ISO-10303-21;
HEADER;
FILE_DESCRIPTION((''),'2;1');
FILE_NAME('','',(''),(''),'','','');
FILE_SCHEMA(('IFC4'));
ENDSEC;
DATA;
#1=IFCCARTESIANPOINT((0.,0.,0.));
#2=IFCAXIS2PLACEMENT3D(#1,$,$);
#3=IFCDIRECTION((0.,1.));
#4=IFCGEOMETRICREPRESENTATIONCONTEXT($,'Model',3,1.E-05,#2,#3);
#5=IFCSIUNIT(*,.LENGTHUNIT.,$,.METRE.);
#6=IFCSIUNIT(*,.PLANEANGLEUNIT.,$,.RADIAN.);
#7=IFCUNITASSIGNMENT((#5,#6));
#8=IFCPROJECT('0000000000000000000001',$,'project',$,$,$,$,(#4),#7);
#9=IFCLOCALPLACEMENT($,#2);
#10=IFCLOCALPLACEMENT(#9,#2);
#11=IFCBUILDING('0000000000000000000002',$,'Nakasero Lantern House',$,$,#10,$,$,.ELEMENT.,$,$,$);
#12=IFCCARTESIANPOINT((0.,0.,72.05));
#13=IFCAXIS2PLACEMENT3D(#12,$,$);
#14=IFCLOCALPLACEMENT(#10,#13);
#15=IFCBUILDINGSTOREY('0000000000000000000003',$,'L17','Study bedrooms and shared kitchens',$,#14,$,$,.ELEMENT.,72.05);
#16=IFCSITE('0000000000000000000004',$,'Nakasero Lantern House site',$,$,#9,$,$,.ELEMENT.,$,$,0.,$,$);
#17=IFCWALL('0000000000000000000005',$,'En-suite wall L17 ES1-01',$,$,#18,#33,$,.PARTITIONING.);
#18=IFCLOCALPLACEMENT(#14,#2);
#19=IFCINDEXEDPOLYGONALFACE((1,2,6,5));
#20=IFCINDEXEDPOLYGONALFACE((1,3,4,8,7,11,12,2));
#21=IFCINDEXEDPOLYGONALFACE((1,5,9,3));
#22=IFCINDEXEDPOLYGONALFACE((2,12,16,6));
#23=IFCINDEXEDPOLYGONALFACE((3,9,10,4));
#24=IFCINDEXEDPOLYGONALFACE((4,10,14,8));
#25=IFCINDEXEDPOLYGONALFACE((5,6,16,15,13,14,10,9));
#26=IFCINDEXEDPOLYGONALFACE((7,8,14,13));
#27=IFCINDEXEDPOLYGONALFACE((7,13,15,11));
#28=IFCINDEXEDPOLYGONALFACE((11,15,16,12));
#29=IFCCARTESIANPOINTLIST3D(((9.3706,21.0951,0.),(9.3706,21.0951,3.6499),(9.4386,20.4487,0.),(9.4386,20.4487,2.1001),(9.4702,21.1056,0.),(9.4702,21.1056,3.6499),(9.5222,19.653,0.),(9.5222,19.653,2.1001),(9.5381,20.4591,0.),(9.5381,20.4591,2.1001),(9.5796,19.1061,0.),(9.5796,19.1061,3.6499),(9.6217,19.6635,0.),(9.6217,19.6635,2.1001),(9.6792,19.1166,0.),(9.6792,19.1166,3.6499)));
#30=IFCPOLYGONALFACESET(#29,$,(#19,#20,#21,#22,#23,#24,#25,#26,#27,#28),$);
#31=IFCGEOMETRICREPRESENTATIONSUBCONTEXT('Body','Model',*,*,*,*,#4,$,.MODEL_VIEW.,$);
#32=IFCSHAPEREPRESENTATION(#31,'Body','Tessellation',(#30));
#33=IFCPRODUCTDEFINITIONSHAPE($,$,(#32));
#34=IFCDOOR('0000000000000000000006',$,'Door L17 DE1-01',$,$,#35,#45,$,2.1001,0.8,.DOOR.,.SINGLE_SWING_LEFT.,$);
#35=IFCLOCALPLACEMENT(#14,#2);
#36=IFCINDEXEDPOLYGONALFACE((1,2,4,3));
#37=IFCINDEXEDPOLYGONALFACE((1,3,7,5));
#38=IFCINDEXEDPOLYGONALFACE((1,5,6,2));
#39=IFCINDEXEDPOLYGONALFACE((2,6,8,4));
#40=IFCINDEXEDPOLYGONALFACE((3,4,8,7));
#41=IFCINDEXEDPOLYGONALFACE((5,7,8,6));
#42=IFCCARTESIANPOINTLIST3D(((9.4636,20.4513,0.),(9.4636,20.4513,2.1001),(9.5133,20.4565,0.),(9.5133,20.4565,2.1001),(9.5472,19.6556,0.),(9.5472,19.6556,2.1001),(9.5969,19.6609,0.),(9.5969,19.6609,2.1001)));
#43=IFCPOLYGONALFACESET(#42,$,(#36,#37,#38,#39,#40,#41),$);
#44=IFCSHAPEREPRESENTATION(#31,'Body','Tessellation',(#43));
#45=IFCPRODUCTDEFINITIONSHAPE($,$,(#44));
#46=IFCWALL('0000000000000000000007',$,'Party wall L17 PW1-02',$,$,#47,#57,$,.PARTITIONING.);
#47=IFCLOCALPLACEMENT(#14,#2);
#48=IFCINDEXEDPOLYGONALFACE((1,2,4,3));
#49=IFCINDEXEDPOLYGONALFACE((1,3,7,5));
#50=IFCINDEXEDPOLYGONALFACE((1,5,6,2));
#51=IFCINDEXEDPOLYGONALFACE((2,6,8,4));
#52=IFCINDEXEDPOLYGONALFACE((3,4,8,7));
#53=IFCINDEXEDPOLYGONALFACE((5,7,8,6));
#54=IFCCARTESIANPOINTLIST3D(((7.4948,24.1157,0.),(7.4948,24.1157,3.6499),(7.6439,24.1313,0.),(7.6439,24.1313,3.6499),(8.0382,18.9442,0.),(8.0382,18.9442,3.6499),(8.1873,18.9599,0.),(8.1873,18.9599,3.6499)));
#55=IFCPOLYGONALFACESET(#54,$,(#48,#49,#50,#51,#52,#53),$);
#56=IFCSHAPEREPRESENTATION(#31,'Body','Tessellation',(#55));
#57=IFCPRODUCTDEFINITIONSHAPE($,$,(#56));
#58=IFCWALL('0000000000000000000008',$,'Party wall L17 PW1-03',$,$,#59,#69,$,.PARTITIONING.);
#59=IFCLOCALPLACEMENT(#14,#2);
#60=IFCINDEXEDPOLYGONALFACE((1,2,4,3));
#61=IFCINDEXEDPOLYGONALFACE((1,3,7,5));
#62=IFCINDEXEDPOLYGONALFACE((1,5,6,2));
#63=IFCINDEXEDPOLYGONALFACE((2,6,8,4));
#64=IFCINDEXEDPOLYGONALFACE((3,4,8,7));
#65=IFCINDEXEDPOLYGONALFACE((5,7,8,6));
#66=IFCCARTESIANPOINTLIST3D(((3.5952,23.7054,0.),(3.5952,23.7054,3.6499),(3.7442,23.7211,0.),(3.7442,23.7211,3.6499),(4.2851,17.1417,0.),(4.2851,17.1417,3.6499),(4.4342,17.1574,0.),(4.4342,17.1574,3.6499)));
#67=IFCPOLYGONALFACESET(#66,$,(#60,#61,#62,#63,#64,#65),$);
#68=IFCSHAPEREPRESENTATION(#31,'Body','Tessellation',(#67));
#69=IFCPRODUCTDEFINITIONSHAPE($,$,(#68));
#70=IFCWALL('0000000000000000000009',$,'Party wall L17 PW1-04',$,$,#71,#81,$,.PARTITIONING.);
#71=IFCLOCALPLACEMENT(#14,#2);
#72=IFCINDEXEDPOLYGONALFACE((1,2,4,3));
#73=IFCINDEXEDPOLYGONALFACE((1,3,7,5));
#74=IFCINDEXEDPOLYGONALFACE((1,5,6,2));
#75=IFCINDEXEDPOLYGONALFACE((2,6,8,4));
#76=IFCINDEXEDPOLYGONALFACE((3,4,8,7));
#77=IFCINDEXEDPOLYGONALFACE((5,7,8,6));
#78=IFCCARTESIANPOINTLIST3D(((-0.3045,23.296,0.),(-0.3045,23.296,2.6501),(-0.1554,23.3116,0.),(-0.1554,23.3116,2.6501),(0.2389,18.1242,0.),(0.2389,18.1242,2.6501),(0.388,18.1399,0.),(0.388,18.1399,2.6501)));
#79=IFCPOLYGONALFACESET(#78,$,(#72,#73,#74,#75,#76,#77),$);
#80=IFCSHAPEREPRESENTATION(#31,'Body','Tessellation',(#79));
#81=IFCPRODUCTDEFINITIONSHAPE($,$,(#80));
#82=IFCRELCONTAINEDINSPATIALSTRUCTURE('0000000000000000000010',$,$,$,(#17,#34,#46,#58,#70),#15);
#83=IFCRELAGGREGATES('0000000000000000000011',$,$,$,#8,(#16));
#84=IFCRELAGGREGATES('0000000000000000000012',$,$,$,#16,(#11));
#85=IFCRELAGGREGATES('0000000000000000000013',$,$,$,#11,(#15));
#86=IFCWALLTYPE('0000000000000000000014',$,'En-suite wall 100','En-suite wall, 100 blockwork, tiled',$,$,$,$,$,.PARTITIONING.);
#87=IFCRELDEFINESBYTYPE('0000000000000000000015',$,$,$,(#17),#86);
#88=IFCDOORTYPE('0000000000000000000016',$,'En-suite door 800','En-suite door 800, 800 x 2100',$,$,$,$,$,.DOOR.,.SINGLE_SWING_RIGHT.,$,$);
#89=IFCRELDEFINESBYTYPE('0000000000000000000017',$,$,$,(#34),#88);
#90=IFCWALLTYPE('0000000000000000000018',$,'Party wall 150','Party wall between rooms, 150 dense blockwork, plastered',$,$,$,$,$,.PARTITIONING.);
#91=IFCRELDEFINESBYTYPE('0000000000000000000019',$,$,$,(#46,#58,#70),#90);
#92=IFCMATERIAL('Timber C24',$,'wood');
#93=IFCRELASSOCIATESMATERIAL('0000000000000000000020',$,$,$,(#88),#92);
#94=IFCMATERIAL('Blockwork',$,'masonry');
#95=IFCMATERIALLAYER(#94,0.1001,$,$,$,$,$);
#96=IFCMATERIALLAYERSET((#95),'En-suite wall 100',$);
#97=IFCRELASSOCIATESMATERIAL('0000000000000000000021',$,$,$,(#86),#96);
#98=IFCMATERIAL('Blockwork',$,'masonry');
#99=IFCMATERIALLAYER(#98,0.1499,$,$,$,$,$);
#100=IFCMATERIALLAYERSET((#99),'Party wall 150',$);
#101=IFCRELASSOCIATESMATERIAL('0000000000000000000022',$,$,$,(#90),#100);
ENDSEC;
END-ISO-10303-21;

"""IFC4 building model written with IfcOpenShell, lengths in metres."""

from ifc_helpers import new_model, si_unit, direction, frame, frame_2d, origin, place, context, subcontext, project, spatial, rectangle, extrude, material, layer, layer_set, type_object, element, fill, save


model = new_model("IFC4")

# Units and contexts
model_context = context("Model", 3, precision=1e-05, world=origin(), true_north=direction((0.0, 1.0)))
body_context = subcontext(model_context, "Body", "Model", "MODEL_VIEW")
ifc_project = project(units=[si_unit("LENGTHUNIT", "METRE"), si_unit("PLANEANGLEUNIT", "RADIAN")], contexts=[model_context])

# Site, building, storey
site_placement = place(None, origin())
site = spatial("IfcSite", under=ifc_project, at=site_placement, Name="Nakasero Lantern House site", CompositionType="ELEMENT", RefElevation=0.0)
building_placement = place(site_placement, origin())
building = spatial("IfcBuilding", under=site, at=building_placement, Name="Nakasero Lantern House", CompositionType="ELEMENT")
storey_placement = place(building_placement, frame((0.0, 0.0, 72.05)))
storey = spatial("IfcBuildingStorey", under=building, at=storey_placement, Name="L17", Description="Study bedrooms and shared kitchens", CompositionType="ELEMENT", Elevation=72.05)

# Shared definitions
ifc_material_1 = material(Name="Timber C24", Category="wood")
door_type_1 = type_object("IfcDoorType", Name="En-suite door 800", Description="En-suite door 800, 800 x 2100", OperationType="SINGLE_SWING_RIGHT", PredefinedType="DOOR", material=ifc_material_1)

# Shared definitions
ifc_material_2 = material(Name="Blockwork", Category="masonry")
ifc_layer_1 = layer(ifc_material_2, 0.1001)
ifc_layer_set_1 = layer_set([ifc_layer_1], Name="En-suite wall 100")
wall_type_1 = type_object("IfcWallType", Name="En-suite wall 100", Description="En-suite wall, 100 blockwork, tiled", PredefinedType="PARTITIONING", material=ifc_layer_set_1)

# Wall, opening, door
wall_1_placement = place(storey_placement, frame((9.6294, 19.1113, 0.0), z_axis=(0.0, 0.0, 1.0), x_axis=(-0.104494, 0.994526, 0.0)))
wall_1 = element("IfcWall", 1, at=wall_1_placement, inside=storey, type_object=wall_type_1, Name="En-suite wall L17 ES1-01", PredefinedType="PARTITIONING", context=body_context, shape_type="SweptSolid", body=[
    extrude(rectangle(XDim=2.0, YDim=0.1001, at=frame_2d((1.0, 0.0))), origin(), (0.0, 0.0, 1.0), 3.6499),
])
opening_1_placement = place(wall_1_placement, frame((0.55, 0.0, 0.0)))
opening_1 = element("IfcOpeningElement", 2, at=opening_1_placement, cuts=wall_1, PredefinedType="OPENING", context=body_context, shape_type="SweptSolid", body=[
    extrude(rectangle(XDim=0.8, YDim=2.1001, at=frame_2d((0.3999, 1.05))), frame((0.0, 0.0701, 0.0), z_axis=(0.0, -1.0, 0.0), x_axis=(1.0, 0.0, 0.0)), (0.0, 0.0, 1.0), 0.1401),
])
door_1_placement = place(opening_1_placement, origin())
door_1 = element("IfcDoor", 3, at=door_1_placement, inside=storey, type_object=door_type_1, Name="Door L17 DE1-01", OperationType="SINGLE_SWING_LEFT", OverallHeight=2.1001, OverallWidth=0.8, PredefinedType="DOOR", context=body_context, shape_type="SweptSolid", body=[
    extrude(rectangle(XDim=0.8, YDim=2.1001, at=frame_2d((0.3999, 1.05))), frame((0.0, 0.0249, 0.0), z_axis=(0.0, -1.0, 0.0), x_axis=(1.0, 0.0, 0.0)), (0.0, 0.0, 1.0), 0.05),
])
fill(opening_1, door_1)

# Walls
ifc_material_3 = material(Name="Blockwork", Category="masonry")
ifc_layer_2 = layer(ifc_material_3, 0.1499)
ifc_layer_set_2 = layer_set([ifc_layer_2], Name="Party wall 150")
wall_type_2 = type_object("IfcWallType", Name="Party wall 150", Description="Party wall between rooms, 150 dense blockwork, plastered", PredefinedType="PARTITIONING", material=ifc_layer_set_2)
wall_2_placement = place(storey_placement, frame((8.1128, 18.9519, 0.0), z_axis=(0.0, 0.0, 1.0), x_axis=(-0.104514, 0.994523, 0.0)))
element("IfcWall", 4, at=wall_2_placement, inside=storey, type_object=wall_type_2, Name="Party wall L17 PW1-02", PredefinedType="PARTITIONING", context=body_context, shape_type="SweptSolid", body=[
    extrude(rectangle(XDim=5.2, YDim=0.1499, at=frame_2d((2.6001, 0.0))), origin(), (0.0, 0.0, 1.0), 3.6499),
])
wall_3_placement = place(storey_placement, frame((4.3596, 17.1497, 0.0), z_axis=(0.0, 0.0, 1.0), x_axis=(-0.104538, 0.994521, 0.0)))
element("IfcWall", 5, at=wall_3_placement, inside=storey, type_object=wall_type_2, Name="Party wall L17 PW1-03", PredefinedType="PARTITIONING", context=body_context, shape_type="SweptSolid", body=[
    extrude(rectangle(XDim=6.5999, YDim=0.1499, at=frame_2d((3.2998, 0.0))), origin(), (0.0, 0.0, 1.0), 3.6499),
])
wall_4_placement = place(storey_placement, frame((0.3135, 18.1321, 0.0), z_axis=(0.0, 0.0, 1.0), x_axis=(-0.104509, 0.994524, 0.0)))
element("IfcWall", 6, at=wall_4_placement, inside=storey, type_object=wall_type_2, Name="Party wall L17 PW1-04", PredefinedType="PARTITIONING", context=body_context, shape_type="SweptSolid", body=[
    extrude(rectangle(XDim=5.2002, YDim=0.1499, at=frame_2d((2.6001, 0.0))), origin(), (0.0, 0.0, 1.0), 2.6501),
])

save(model, "model.ifc")
